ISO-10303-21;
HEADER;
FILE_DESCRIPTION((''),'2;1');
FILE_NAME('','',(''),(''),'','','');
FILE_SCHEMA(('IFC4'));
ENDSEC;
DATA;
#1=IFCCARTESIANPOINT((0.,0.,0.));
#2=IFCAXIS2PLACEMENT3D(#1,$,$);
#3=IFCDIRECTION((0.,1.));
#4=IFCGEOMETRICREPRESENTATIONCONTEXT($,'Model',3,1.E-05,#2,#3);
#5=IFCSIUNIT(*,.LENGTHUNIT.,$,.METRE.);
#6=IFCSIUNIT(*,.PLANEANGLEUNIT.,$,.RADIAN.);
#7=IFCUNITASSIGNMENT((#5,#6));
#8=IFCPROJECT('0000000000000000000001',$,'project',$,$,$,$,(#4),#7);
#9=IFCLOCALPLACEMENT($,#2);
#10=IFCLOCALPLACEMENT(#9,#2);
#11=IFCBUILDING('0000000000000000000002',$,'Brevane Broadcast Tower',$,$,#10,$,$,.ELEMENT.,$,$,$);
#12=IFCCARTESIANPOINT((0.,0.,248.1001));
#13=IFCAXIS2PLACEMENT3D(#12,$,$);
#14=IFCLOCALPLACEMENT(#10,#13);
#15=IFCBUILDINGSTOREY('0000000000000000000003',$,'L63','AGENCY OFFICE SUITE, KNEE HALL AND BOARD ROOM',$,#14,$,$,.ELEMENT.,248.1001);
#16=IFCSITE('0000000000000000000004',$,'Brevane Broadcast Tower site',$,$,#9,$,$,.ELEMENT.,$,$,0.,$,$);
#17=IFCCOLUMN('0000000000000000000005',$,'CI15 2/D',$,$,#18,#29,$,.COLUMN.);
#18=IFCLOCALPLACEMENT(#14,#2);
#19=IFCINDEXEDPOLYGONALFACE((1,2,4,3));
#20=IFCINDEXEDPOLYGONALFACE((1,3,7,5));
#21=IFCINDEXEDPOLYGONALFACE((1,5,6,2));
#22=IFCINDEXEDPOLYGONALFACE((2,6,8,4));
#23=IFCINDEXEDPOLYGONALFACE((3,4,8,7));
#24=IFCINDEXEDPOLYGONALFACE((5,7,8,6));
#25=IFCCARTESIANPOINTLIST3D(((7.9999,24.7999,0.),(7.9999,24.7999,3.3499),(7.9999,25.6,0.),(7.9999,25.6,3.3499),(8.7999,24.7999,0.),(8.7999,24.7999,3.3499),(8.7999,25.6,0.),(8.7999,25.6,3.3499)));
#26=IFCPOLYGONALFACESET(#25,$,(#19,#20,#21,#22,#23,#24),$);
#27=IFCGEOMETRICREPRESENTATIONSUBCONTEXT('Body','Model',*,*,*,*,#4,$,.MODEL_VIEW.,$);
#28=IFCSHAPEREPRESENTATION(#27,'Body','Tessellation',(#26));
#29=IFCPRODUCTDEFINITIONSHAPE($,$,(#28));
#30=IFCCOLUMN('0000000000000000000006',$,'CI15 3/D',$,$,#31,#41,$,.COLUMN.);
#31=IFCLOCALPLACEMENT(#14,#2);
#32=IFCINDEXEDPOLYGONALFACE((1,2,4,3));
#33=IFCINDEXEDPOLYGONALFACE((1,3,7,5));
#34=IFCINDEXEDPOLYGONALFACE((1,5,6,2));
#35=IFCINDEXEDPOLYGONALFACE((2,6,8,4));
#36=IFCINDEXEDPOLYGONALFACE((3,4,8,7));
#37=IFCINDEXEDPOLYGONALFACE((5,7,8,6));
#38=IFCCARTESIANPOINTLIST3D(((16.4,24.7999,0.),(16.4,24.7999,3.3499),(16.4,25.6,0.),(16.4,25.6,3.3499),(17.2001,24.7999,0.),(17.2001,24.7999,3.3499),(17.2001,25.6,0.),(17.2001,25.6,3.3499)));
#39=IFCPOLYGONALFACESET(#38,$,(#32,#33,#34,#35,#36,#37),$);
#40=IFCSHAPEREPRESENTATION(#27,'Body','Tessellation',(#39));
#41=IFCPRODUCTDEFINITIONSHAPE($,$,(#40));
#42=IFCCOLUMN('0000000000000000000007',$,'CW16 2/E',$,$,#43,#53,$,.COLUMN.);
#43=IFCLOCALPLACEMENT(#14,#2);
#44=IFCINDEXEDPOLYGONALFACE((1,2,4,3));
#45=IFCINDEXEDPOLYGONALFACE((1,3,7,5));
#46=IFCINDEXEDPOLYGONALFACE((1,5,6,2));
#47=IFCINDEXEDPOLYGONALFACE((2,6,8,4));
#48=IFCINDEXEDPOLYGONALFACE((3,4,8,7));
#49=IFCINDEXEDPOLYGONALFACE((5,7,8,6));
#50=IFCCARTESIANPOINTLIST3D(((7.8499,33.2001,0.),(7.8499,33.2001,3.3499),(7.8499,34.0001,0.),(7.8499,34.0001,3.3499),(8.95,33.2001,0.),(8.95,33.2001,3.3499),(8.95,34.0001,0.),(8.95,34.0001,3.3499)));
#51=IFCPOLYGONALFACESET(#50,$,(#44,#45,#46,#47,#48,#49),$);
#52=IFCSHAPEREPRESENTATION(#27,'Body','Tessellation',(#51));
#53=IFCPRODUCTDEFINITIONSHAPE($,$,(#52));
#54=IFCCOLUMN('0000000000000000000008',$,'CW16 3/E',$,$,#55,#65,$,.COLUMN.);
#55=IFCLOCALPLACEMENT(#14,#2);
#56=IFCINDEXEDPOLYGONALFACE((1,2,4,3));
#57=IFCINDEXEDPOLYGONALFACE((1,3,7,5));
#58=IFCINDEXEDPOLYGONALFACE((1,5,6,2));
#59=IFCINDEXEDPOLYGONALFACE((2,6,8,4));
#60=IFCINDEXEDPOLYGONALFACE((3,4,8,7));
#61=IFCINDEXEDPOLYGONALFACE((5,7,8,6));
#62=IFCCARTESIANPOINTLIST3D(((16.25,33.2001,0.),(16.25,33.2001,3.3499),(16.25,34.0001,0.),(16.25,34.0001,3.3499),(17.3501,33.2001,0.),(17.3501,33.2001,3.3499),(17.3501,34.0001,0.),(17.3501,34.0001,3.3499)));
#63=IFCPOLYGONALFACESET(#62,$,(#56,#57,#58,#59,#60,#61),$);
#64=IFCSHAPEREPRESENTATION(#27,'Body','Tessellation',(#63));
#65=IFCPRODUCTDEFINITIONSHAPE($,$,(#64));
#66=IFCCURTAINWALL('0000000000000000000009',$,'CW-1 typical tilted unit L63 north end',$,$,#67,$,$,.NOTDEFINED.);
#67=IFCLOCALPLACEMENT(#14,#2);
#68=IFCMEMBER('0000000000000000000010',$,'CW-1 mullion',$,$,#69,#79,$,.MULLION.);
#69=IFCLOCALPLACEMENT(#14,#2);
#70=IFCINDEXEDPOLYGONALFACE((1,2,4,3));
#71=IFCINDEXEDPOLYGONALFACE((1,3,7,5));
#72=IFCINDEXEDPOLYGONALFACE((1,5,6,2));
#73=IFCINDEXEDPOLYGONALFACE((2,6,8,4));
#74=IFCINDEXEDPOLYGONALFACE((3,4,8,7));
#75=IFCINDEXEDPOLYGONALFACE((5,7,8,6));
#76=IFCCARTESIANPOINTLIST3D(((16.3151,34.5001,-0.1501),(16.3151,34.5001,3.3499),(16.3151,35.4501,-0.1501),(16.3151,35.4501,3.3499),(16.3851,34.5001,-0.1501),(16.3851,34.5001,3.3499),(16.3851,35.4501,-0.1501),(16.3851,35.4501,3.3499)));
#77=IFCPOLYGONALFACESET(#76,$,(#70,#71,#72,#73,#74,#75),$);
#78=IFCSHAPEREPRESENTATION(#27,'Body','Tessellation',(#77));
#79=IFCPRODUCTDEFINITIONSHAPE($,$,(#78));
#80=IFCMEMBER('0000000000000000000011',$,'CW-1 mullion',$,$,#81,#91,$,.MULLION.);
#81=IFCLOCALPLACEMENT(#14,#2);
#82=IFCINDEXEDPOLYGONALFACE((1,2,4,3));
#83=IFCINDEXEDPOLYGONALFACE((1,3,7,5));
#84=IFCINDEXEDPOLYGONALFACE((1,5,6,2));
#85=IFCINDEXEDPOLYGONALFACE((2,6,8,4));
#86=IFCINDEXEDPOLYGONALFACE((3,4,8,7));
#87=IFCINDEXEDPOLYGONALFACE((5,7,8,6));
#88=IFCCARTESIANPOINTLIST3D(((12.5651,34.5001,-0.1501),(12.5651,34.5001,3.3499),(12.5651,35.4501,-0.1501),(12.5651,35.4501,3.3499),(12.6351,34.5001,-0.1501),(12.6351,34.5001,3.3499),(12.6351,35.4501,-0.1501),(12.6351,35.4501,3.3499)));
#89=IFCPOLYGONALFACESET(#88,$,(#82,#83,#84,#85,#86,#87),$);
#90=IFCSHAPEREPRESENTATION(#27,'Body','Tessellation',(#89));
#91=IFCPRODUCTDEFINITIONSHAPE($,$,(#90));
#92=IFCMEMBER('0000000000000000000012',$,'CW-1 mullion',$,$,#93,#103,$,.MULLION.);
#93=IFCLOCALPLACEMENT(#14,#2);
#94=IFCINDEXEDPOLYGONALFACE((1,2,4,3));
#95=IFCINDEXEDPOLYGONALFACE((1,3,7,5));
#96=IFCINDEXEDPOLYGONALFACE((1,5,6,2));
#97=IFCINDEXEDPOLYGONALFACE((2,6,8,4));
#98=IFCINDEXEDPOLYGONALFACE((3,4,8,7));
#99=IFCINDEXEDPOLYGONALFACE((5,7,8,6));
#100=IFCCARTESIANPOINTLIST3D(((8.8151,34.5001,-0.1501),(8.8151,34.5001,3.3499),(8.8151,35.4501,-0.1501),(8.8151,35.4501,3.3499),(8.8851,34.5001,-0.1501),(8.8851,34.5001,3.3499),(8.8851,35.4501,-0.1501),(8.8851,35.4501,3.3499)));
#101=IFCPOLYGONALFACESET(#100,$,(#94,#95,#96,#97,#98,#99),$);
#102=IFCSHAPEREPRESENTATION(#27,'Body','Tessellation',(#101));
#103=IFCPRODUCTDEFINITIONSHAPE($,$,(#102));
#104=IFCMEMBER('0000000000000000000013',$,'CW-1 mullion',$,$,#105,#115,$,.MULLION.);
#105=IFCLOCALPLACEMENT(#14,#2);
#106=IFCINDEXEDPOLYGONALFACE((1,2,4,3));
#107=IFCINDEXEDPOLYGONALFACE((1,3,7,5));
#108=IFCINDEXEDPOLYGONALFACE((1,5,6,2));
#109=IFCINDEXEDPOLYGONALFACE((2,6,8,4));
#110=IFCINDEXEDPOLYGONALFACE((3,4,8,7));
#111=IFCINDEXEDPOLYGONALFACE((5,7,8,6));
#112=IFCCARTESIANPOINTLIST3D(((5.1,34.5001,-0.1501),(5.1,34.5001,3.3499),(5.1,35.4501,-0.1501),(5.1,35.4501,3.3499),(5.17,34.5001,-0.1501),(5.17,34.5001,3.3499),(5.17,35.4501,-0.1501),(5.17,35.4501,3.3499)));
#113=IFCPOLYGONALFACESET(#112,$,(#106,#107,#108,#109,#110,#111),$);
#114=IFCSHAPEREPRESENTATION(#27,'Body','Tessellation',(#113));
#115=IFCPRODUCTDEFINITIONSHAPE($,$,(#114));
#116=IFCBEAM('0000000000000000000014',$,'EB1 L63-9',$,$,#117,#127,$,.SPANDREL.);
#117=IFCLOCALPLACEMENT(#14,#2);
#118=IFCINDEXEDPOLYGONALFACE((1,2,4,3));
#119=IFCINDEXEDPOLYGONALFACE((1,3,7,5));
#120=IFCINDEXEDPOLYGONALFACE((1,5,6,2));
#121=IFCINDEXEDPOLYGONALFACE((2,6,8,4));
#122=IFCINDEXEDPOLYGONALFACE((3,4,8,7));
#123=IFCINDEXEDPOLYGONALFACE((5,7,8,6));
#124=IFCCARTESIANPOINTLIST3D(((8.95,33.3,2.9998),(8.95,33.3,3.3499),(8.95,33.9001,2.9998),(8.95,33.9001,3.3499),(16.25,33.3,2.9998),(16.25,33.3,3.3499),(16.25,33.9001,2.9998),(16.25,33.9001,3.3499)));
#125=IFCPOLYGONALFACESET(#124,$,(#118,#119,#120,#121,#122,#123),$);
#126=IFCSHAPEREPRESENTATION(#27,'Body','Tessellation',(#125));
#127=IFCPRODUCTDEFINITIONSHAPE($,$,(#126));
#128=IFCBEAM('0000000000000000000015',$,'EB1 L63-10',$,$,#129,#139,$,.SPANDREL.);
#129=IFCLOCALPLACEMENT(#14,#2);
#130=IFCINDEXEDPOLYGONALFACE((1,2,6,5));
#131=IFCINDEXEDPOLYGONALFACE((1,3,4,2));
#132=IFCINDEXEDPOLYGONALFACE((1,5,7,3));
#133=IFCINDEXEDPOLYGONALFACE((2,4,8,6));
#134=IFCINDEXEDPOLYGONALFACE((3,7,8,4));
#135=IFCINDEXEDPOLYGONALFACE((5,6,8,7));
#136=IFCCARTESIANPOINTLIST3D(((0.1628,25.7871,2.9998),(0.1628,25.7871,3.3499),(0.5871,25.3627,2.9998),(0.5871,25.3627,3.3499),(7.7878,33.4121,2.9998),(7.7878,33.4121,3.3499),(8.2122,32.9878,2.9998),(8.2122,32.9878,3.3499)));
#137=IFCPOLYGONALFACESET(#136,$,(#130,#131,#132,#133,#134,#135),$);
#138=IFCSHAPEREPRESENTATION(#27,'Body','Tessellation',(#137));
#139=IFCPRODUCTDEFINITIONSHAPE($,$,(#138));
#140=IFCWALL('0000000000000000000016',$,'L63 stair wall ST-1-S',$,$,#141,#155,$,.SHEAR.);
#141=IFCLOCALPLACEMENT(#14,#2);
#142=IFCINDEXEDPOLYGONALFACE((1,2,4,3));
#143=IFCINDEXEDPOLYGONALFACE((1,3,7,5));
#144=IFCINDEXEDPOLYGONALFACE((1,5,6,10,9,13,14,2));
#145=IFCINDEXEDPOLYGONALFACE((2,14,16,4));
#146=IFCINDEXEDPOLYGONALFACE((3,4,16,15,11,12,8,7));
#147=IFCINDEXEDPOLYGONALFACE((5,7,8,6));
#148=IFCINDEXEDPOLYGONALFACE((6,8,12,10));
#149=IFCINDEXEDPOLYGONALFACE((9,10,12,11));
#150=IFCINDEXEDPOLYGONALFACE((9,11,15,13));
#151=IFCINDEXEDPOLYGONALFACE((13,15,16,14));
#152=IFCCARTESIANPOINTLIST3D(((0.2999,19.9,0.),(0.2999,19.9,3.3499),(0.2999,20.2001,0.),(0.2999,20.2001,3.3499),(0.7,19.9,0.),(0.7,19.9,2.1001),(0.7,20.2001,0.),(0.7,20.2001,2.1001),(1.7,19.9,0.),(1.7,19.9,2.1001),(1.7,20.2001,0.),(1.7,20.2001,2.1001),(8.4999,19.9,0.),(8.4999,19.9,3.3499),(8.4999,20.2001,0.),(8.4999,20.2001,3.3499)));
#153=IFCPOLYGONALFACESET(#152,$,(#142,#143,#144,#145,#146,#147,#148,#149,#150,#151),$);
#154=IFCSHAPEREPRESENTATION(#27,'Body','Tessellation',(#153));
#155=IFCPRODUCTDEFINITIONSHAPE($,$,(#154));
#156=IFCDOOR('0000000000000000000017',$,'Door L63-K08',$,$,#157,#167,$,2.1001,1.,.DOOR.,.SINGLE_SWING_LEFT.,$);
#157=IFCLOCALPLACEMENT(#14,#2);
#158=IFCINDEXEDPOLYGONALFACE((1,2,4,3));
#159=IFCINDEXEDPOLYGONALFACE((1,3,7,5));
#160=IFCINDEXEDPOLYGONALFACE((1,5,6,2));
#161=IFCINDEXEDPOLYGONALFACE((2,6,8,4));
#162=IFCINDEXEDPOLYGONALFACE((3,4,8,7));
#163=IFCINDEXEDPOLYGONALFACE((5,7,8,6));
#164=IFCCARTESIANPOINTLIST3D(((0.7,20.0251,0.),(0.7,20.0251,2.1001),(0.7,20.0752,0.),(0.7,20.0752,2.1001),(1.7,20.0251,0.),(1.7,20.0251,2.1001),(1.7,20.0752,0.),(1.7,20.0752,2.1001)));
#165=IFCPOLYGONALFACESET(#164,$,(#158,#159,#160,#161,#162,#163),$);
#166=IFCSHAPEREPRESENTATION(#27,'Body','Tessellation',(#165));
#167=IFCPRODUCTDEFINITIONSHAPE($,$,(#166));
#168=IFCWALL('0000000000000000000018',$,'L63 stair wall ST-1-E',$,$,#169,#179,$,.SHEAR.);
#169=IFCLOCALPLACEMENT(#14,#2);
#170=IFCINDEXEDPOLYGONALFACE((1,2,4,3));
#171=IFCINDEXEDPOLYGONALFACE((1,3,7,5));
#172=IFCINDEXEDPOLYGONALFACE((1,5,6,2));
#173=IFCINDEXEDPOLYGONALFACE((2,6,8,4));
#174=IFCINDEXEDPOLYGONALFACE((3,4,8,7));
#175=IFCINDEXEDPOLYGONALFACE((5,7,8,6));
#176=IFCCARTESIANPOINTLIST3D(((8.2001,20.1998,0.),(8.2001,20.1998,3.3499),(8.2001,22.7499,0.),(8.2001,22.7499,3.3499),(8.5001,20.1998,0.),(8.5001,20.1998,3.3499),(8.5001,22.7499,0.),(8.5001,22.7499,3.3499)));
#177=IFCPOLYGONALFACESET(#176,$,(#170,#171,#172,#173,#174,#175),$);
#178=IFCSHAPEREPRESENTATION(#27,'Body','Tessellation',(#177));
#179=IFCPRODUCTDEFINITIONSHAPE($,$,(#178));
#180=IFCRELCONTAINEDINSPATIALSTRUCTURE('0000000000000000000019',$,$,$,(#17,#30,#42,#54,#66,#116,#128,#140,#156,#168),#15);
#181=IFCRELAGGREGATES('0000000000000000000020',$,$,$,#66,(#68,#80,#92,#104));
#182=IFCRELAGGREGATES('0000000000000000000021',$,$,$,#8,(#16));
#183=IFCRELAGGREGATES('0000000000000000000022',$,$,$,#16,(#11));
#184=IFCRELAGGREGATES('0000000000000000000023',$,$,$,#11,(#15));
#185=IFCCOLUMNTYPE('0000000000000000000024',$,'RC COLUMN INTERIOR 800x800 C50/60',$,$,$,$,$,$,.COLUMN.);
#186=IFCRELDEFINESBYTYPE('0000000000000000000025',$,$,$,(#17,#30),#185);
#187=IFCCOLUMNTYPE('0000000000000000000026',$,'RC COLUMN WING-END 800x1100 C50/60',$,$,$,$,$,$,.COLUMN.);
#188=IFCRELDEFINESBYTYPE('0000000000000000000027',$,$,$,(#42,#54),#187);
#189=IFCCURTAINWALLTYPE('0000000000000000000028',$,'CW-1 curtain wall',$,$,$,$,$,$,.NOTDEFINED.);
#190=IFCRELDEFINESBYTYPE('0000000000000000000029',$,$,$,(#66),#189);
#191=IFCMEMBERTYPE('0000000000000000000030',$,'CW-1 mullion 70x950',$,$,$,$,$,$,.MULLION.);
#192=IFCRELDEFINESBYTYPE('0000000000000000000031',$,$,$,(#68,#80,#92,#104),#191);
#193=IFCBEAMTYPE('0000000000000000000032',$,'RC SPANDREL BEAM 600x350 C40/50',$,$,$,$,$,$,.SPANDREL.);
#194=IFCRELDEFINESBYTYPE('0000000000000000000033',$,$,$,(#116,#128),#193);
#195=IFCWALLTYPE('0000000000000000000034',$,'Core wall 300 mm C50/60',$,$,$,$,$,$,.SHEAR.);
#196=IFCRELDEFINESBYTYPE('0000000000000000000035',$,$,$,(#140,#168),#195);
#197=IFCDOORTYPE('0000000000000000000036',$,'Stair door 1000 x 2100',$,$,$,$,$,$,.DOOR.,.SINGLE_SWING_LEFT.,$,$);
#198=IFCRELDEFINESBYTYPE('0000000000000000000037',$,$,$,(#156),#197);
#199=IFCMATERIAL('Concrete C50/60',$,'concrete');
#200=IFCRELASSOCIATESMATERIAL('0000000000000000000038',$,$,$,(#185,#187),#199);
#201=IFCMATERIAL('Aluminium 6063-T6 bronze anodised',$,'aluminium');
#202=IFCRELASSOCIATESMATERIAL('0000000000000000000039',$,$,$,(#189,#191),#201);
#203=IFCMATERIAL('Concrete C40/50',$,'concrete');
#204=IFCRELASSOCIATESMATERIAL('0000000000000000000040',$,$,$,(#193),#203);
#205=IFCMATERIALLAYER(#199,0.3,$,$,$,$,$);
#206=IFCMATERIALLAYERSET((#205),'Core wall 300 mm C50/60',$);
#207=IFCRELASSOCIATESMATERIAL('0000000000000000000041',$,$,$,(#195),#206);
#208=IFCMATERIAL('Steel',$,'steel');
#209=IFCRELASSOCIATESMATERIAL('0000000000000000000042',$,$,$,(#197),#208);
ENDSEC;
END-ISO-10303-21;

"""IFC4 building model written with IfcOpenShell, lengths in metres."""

from ifc_helpers import new_model, si_unit, direction, frame, frame_2d, origin, origin_2d, place, context, subcontext, project, spatial, rectangle, extrude, material, layer, layer_set, material_profile, profile_set, type_object, element, fill, aggregate, save


model = new_model("IFC4")

# Units and contexts
model_context = context("Model", 3, precision=1e-05, world=origin(), true_north=direction((0.0, 1.0)))
body_context = subcontext(model_context, "Body", "Model", "MODEL_VIEW")
ifc_project = project(units=[si_unit("LENGTHUNIT", "METRE"), si_unit("PLANEANGLEUNIT", "RADIAN")], contexts=[model_context])

# Site, building, storey
site_placement = place(None, origin())
site = spatial("IfcSite", under=ifc_project, at=site_placement, Name="Brevane Broadcast Tower site", CompositionType="ELEMENT", RefElevation=0.0)
building_placement = place(site_placement, origin())
building = spatial("IfcBuilding", under=site, at=building_placement, Name="Brevane Broadcast Tower", CompositionType="ELEMENT")
storey_placement = place(building_placement, frame((0.0, 0.0, 248.1001)))
storey = spatial("IfcBuildingStorey", under=building, at=storey_placement, Name="L63", Description="AGENCY OFFICE SUITE, KNEE HALL AND BOARD ROOM", CompositionType="ELEMENT", Elevation=248.1001)

# Columns
ifc_material_1 = material(Name="Concrete C50/60", Category="concrete")
ifc_material_profile_1 = material_profile(ifc_material_1, rectangle(XDim=0.8, YDim=0.8, at=origin_2d()), Name="RC 800x800")
ifc_profile_set_1 = profile_set([ifc_material_profile_1], Name="Concrete C50/60")
column_type_1 = type_object("IfcColumnType", Name="RC COLUMN INTERIOR 800x800 C50/60", PredefinedType="COLUMN", material=ifc_profile_set_1)
for number, where, z_axis, x_axis, name in (
    (1, (8.3999, 25.2, 0.0), (0.0, 0.0, 1.0), (1.0, 0.0, 0.0), "CI15 2/D"),
    (2, (16.8, 25.2, 0.0), (0.0, 0.0, 1.0), (1.0, 0.0, 0.0), "CI15 3/D"),
):
    element("IfcColumn", number, at=place(storey_placement, frame(where, z_axis=z_axis, x_axis=x_axis)), inside=storey, type_object=column_type_1, Name=name, PredefinedType="COLUMN", context=body_context, shape_type="SweptSolid", body=[
        extrude(rectangle(XDim=0.8, YDim=0.8, at=origin_2d()), origin(), (0.0, 0.0, 1.0), 3.3499),
    ])
ifc_material_profile_2 = material_profile(ifc_material_1, rectangle(XDim=0.8, YDim=1.1001, at=origin_2d()), Name="RC 800x1100")
ifc_profile_set_2 = profile_set([ifc_material_profile_2], Name="Concrete C50/60")
column_type_2 = type_object("IfcColumnType", Name="RC COLUMN WING-END 800x1100 C50/60", PredefinedType="COLUMN", material=ifc_profile_set_2)
for number, where, z_axis, x_axis, name in (
    (3, (8.3999, 33.6001, 0.0), (0.0, 0.0, 1.0), (0.0, 1.0, 0.0), "CW16 2/E"),
    (4, (16.8, 33.6001, 0.0), (0.0, 0.0, 1.0), (0.0, 1.0, 0.0), "CW16 3/E"),
):
    element("IfcColumn", number, at=place(storey_placement, frame(where, z_axis=z_axis, x_axis=x_axis)), inside=storey, type_object=column_type_2, Name=name, PredefinedType="COLUMN", context=body_context, shape_type="SweptSolid", body=[
        extrude(rectangle(XDim=0.8, YDim=1.1001, at=origin_2d()), origin(), (0.0, 0.0, 1.0), 3.3499),
    ])

# Curtain wall, members
ifc_material_2 = material(Name="Aluminium 6063-T6 bronze anodised", Category="aluminium")
curtain_wall_type = type_object("IfcCurtainWallType", Name="CW-1 curtain wall", PredefinedType="NOTDEFINED", material=ifc_material_2)
curtain_wall_placement = place(storey_placement, origin())
curtain_wall = element("IfcCurtainWall", 5, at=curtain_wall_placement, inside=storey, type_object=curtain_wall_type, Name="CW-1 typical tilted unit L63 north end", PredefinedType="NOTDEFINED")
ifc_material_profile_3 = material_profile(ifc_material_2, rectangle(XDim=0.95, YDim=0.0701, at=origin_2d()), Name="RECT 70x950")
ifc_profile_set_3 = profile_set([ifc_material_profile_3], Name="Aluminium 6063-T6 bronze anodised")
member_type = type_object("IfcMemberType", Name="CW-1 mullion 70x950", PredefinedType="MULLION", material=ifc_profile_set_3)
member_1_placement = place(storey_placement, frame((16.3501, 34.9751, -0.1501), z_axis=(0.0, 0.0, 1.0), x_axis=(0.0, -1.0, 0.0)))
member_1 = element("IfcMember", 6, at=member_1_placement, type_object=member_type, Name="CW-1 mullion", PredefinedType="MULLION", context=body_context, shape_type="SweptSolid", body=[
    extrude(rectangle(XDim=0.95, YDim=0.0701, at=origin_2d()), origin(), (0.0, 0.0, 1.0), 3.5),
])
member_2_placement = place(storey_placement, frame((12.6001, 34.9751, -0.1501), z_axis=(0.0, 0.0, 1.0), x_axis=(0.0, -1.0, 0.0)))
member_2 = element("IfcMember", 7, at=member_2_placement, type_object=member_type, Name="CW-1 mullion", PredefinedType="MULLION", context=body_context, shape_type="SweptSolid", body=[
    extrude(rectangle(XDim=0.95, YDim=0.0701, at=origin_2d()), origin(), (0.0, 0.0, 1.0), 3.5),
])
member_3_placement = place(storey_placement, frame((8.8501, 34.9751, -0.1501), z_axis=(0.0, 0.0, 1.0), x_axis=(0.0, -1.0, 0.0)))
member_3 = element("IfcMember", 8, at=member_3_placement, type_object=member_type, Name="CW-1 mullion", PredefinedType="MULLION", context=body_context, shape_type="SweptSolid", body=[
    extrude(rectangle(XDim=0.95, YDim=0.0701, at=origin_2d()), origin(), (0.0, 0.0, 1.0), 3.5),
])
member_4_placement = place(storey_placement, frame((5.135, 34.9751, -0.1501), z_axis=(0.0, 0.0, 1.0), x_axis=(0.0, -1.0, 0.0)))
member_4 = element("IfcMember", 9, at=member_4_placement, type_object=member_type, Name="CW-1 mullion", PredefinedType="MULLION", context=body_context, shape_type="SweptSolid", body=[
    extrude(rectangle(XDim=0.95, YDim=0.0701, at=origin_2d()), origin(), (0.0, 0.0, 1.0), 3.5),
])
aggregate(curtain_wall, [member_1, member_2, member_3, member_4])

# Beams
ifc_material_3 = material(Name="Concrete C40/50", Category="concrete")
ifc_material_profile_4 = material_profile(ifc_material_3, rectangle(XDim=0.6001, YDim=0.3501, at=origin_2d()), Name="RC 600x350")
ifc_profile_set_4 = profile_set([ifc_material_profile_4], Name="Concrete C40/50")
beam_type = type_object("IfcBeamType", Name="RC SPANDREL BEAM 600x350 C40/50", PredefinedType="SPANDREL", material=ifc_profile_set_4)
beam_1_placement = place(storey_placement, frame((16.25, 33.6001, 3.1748), z_axis=(-1.0, 0.0, 0.0), x_axis=(0.0, -1.0, 0.0)))
element("IfcBeam", 10, at=beam_1_placement, inside=storey, type_object=beam_type, Name="EB1 L63-9", PredefinedType="SPANDREL", context=body_context, shape_type="SweptSolid", body=[
    extrude(rectangle(XDim=0.6001, YDim=0.3501, at=origin_2d()), origin(), (0.0, 0.0, 1.0), 7.3),
])
beam_2_placement = place(storey_placement, frame((8.0, 33.2, 3.1748), z_axis=(-0.707107, -0.707107, 0.0), x_axis=(0.707107, -0.707107, 0.0)))
element("IfcBeam", 11, at=beam_2_placement, inside=storey, type_object=beam_type, Name="EB1 L63-10", PredefinedType="SPANDREL", context=body_context, shape_type="SweptSolid", body=[
    extrude(rectangle(XDim=0.6001, YDim=0.3501, at=origin_2d()), origin(), (0.0, 0.0, 1.0), 10.7834),
])

# Wall, opening, door
ifc_layer_1 = layer(ifc_material_1, 0.3)
ifc_layer_set_1 = layer_set([ifc_layer_1], Name="Core wall 300 mm C50/60")
wall_type_1 = type_object("IfcWallType", Name="Core wall 300 mm C50/60", PredefinedType="SHEAR", material=ifc_layer_set_1)
wall_1_placement = place(storey_placement, frame((8.5, 20.05, 0.0), z_axis=(0.0, 0.0, 1.0), x_axis=(-1.0, 0.0, 0.0)))
wall_1 = element("IfcWall", 12, at=wall_1_placement, inside=storey, type_object=wall_type_1, Name="L63 stair wall ST-1-S", PredefinedType="SHEAR", context=body_context, shape_type="SweptSolid", body=[
    extrude(rectangle(XDim=8.2, YDim=0.3, at=frame_2d((4.1001, 0.0))), origin(), (0.0, 0.0, 1.0), 3.3499),
])
opening_1_placement = place(wall_1_placement, frame((6.8, 0.0, 0.0)))
opening_1 = element("IfcOpeningElement", 13, at=opening_1_placement, cuts=wall_1, PredefinedType="OPENING", context=body_context, shape_type="SweptSolid", body=[
    extrude(rectangle(XDim=1.0, YDim=2.1001, at=frame_2d((0.5, 1.05))), frame((0.0, 0.1599, 0.0), z_axis=(0.0, -1.0, 0.0), x_axis=(1.0, 0.0, 0.0)), (0.0, 0.0, 1.0), 0.3201),
])
ifc_material_4 = material(Name="Steel", Category="steel")
door_type_1 = type_object("IfcDoorType", Name="Stair door 1000 x 2100", OperationType="SINGLE_SWING_LEFT", PredefinedType="DOOR", material=ifc_material_4)
door_1_placement = place(opening_1_placement, origin())
door_1 = element("IfcDoor", 14, at=door_1_placement, inside=storey, type_object=door_type_1, Name="Door L63-K08", OperationType="SINGLE_SWING_LEFT", OverallHeight=2.1001, OverallWidth=1.0, PredefinedType="DOOR", context=body_context, shape_type="SweptSolid", body=[
    extrude(rectangle(XDim=1.0, YDim=2.1001, at=frame_2d((0.5, 1.05))), frame((0.0, 0.0249, 0.0), z_axis=(0.0, -1.0, 0.0), x_axis=(1.0, 0.0, 0.0)), (0.0, 0.0, 1.0), 0.05),
])
fill(opening_1, door_1)

# Wall
wall_2_placement = place(storey_placement, frame((8.3501, 20.2, 0.0), z_axis=(0.0, 0.0, 1.0), x_axis=(0.0, 1.0, 0.0)))
element("IfcWall", 15, at=wall_2_placement, inside=storey, type_object=wall_type_1, Name="L63 stair wall ST-1-E", PredefinedType="SHEAR", context=body_context, shape_type="SweptSolid", body=[
    extrude(rectangle(XDim=2.55, YDim=0.3, at=frame_2d((1.2749, 0.0))), origin(), (0.0, 0.0, 1.0), 3.3499),
])

save(model, "model.ifc")
